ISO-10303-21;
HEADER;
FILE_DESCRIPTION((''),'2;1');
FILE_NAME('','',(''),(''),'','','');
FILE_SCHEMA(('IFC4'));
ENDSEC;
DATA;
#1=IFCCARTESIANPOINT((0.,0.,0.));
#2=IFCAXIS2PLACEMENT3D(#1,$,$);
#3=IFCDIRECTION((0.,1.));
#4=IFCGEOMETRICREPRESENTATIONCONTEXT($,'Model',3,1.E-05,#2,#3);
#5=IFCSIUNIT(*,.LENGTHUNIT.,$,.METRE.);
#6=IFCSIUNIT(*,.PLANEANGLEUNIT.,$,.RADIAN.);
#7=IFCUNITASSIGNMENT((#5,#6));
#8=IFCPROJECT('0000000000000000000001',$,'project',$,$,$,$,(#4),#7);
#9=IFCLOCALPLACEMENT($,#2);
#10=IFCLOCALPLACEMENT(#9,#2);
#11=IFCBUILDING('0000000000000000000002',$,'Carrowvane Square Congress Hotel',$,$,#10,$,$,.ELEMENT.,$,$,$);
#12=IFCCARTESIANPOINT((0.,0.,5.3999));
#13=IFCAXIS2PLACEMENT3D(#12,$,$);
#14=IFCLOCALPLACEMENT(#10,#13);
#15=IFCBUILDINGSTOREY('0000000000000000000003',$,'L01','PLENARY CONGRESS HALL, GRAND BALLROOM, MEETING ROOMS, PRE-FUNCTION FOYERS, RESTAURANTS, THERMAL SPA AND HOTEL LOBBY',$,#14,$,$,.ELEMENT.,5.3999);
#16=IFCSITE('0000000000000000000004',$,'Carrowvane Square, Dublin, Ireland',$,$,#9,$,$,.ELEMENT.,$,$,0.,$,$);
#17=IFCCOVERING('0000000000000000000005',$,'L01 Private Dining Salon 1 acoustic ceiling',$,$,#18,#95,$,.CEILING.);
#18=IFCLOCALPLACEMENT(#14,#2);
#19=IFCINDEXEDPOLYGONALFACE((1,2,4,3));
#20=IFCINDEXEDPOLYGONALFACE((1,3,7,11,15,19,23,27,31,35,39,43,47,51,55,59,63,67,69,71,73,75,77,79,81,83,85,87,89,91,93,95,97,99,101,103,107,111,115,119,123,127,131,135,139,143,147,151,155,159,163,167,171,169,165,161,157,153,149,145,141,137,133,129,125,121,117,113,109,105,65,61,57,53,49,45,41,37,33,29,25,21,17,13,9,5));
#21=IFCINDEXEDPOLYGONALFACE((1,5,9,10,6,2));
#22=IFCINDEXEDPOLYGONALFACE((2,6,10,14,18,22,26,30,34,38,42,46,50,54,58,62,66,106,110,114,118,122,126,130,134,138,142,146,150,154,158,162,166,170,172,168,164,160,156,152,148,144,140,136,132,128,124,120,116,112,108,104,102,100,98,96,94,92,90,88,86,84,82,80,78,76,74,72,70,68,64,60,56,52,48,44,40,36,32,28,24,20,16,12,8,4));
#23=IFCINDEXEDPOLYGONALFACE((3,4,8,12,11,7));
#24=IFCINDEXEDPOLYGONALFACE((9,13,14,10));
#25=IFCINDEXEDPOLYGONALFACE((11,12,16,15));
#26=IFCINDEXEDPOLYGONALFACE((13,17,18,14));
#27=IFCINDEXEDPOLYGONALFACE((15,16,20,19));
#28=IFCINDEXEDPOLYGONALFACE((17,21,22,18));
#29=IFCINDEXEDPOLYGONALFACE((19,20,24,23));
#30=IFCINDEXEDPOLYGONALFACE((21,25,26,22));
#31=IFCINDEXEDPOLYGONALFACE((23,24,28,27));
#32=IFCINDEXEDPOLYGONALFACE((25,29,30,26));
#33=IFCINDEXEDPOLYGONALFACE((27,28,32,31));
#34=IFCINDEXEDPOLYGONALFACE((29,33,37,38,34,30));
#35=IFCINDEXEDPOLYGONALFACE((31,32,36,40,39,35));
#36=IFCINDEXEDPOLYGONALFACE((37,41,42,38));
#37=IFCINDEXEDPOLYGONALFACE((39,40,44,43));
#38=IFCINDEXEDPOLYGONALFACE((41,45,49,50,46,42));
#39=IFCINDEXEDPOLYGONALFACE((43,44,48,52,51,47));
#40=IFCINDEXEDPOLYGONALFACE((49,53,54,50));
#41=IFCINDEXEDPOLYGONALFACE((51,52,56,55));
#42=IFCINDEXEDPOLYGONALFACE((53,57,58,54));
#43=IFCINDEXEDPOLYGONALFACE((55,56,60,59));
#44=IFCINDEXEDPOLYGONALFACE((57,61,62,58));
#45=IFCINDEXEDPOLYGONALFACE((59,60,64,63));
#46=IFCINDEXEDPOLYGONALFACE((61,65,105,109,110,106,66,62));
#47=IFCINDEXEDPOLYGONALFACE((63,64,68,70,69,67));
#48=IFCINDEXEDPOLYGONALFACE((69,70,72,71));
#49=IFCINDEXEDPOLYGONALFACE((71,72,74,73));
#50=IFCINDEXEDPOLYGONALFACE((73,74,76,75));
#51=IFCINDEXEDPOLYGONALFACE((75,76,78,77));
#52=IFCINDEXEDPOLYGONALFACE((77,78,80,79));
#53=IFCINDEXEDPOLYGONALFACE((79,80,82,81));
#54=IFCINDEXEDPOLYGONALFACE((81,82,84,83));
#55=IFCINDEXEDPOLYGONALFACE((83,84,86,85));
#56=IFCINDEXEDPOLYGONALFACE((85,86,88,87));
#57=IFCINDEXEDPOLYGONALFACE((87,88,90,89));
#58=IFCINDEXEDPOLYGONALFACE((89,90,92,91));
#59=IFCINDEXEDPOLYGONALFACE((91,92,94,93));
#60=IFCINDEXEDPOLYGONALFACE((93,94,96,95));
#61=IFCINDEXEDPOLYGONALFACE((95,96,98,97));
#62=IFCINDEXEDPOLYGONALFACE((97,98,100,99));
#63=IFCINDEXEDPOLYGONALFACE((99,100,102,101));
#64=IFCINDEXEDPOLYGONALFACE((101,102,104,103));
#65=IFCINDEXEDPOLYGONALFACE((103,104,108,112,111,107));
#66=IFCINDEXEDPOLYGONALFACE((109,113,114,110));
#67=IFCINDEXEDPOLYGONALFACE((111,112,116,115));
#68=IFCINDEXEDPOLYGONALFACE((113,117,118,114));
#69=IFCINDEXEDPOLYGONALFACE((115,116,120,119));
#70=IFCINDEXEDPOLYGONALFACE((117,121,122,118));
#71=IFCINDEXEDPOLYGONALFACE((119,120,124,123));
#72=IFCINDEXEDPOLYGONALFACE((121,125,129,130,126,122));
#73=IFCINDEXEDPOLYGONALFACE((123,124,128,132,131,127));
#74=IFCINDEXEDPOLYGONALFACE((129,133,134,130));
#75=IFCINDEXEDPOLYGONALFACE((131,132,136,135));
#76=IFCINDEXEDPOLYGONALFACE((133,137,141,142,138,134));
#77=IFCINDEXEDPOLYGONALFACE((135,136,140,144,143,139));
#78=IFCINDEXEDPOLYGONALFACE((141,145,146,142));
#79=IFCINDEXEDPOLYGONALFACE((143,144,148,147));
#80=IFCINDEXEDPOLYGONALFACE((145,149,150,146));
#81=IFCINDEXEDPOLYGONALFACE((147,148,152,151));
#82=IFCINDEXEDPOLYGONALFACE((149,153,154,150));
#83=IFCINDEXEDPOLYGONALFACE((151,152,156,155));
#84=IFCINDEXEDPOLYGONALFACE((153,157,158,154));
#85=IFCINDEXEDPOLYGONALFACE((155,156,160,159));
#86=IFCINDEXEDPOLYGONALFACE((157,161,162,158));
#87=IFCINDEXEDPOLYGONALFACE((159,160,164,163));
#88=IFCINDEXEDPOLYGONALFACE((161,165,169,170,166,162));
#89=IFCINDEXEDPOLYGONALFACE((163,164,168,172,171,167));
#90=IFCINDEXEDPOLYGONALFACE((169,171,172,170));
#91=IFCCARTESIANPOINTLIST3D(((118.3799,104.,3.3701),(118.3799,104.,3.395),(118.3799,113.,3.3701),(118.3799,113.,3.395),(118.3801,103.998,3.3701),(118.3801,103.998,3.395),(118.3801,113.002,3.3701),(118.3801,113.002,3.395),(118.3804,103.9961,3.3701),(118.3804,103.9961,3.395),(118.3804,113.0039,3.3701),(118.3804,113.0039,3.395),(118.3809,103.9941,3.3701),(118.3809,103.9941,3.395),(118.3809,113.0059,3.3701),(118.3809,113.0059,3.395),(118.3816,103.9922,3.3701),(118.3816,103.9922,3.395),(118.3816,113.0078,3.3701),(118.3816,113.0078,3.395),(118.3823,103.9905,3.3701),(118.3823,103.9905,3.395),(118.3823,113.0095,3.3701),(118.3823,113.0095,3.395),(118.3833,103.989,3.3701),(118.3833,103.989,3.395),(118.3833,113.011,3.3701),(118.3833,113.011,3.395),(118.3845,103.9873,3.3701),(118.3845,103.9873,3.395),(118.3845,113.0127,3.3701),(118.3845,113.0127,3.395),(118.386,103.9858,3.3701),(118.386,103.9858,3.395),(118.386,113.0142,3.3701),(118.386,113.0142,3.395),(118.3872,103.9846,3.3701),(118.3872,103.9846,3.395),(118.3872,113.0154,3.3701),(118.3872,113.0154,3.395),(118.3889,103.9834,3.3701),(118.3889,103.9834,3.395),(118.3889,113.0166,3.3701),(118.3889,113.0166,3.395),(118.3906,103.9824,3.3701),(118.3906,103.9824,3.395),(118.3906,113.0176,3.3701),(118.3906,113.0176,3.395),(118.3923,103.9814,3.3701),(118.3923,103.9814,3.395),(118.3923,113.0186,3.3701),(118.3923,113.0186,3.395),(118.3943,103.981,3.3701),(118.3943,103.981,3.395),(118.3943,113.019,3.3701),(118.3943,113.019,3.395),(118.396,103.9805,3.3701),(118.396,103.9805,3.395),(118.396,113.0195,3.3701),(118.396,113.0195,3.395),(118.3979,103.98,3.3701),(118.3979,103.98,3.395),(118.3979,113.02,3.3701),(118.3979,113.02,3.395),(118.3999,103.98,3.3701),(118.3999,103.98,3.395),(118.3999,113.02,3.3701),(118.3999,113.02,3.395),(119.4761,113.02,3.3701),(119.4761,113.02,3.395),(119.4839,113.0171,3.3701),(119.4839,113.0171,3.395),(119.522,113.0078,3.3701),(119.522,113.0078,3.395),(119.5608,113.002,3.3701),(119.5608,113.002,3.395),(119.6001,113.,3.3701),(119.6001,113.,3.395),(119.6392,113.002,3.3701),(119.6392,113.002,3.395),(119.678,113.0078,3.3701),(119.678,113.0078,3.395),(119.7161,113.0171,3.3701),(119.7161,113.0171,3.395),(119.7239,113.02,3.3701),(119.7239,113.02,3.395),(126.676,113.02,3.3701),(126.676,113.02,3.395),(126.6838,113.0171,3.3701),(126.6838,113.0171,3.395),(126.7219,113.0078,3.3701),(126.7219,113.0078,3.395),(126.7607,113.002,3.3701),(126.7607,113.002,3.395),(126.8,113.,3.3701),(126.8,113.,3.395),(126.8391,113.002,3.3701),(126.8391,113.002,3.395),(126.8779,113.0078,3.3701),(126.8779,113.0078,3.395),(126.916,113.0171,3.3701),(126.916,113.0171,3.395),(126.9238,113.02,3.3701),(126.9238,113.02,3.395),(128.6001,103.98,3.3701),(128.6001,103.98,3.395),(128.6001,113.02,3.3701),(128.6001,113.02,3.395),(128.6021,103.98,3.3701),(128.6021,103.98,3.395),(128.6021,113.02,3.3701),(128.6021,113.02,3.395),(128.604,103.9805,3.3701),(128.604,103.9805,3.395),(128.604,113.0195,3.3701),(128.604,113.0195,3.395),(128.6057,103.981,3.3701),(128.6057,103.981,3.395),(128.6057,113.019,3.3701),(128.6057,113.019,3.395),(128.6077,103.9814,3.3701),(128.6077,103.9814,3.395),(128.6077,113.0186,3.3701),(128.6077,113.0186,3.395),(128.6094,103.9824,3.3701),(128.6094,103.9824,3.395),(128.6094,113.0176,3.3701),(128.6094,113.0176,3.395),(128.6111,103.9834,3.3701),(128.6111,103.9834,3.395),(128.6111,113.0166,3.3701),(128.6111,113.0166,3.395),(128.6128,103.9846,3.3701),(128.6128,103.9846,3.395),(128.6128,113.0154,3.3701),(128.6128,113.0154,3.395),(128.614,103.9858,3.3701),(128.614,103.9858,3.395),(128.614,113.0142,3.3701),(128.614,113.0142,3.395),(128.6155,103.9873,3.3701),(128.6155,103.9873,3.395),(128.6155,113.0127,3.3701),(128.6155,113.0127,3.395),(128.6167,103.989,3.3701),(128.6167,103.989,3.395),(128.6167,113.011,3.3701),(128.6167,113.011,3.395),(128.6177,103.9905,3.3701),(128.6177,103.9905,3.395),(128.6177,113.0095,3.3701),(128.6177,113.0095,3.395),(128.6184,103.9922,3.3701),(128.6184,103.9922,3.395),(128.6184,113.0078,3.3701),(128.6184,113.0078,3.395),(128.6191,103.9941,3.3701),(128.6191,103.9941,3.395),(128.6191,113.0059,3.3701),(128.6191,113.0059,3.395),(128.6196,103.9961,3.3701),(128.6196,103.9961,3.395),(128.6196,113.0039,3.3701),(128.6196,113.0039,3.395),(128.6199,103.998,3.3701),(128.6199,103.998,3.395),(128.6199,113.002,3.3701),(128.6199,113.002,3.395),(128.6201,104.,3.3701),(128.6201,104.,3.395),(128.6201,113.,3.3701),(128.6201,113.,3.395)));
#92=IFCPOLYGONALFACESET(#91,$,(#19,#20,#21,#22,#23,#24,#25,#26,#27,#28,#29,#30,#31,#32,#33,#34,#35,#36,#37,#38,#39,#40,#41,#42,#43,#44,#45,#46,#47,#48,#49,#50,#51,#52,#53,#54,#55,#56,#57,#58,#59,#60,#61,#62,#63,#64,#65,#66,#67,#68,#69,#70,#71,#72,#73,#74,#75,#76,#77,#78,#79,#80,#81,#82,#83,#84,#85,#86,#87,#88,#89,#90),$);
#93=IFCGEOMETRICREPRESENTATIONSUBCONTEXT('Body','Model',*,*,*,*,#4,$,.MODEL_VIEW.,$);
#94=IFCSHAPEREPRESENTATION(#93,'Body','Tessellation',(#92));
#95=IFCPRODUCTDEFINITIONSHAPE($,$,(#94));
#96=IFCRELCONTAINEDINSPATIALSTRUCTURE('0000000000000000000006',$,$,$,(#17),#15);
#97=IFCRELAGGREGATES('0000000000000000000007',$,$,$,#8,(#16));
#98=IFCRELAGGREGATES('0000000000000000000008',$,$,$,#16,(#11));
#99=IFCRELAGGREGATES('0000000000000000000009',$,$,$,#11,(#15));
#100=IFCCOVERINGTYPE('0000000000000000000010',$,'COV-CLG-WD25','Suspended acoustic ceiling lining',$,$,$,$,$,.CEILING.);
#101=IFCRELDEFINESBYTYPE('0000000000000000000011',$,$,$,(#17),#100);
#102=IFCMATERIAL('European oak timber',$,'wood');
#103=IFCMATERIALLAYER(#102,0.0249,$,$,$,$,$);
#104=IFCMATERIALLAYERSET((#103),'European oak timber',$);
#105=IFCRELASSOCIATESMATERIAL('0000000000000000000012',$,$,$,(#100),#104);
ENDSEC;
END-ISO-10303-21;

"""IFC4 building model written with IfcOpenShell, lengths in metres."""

from ifc_helpers import new_model, si_unit, direction, frame, origin, place, context, subcontext, project, spatial, polyline, outline, extrude, material, layer, layer_set, type_object, element, save


model = new_model("IFC4")

# Units and contexts
model_context = context("Model", 3, precision=1e-05, world=origin(), true_north=direction((0.0, 1.0)))
body_context = subcontext(model_context, "Body", "Model", "MODEL_VIEW")
ifc_project = project(units=[si_unit("LENGTHUNIT", "METRE"), si_unit("PLANEANGLEUNIT", "RADIAN")], contexts=[model_context])

# Site, building, storey
site_placement = place(None, origin())
site = spatial("IfcSite", under=ifc_project, at=site_placement, Name="Carrowvane Square, Dublin, Ireland", CompositionType="ELEMENT", RefElevation=0.0)
building_placement = place(site_placement, origin())
building = spatial("IfcBuilding", under=site, at=building_placement, Name="Carrowvane Square Congress Hotel", CompositionType="ELEMENT")
storey_placement = place(building_placement, frame((0.0, 0.0, 5.3999)))
storey = spatial("IfcBuildingStorey", under=building, at=storey_placement, Name="L01", Description="PLENARY CONGRESS HALL, GRAND BALLROOM, MEETING ROOMS, PRE-FUNCTION FOYERS, RESTAURANTS, THERMAL SPA AND HOTEL LOBBY", CompositionType="ELEMENT", Elevation=5.3999)

# Covering
ifc_material_1 = material(Name="European oak timber", Category="wood")
ifc_layer_1 = layer(ifc_material_1, 0.0249)
ifc_layer_set_1 = layer_set([ifc_layer_1], Name="European oak timber")
covering_type_1 = type_object("IfcCoveringType", Name="COV-CLG-WD25", Description="Suspended acoustic ceiling lining", PredefinedType="CEILING", material=ifc_layer_set_1)
covering_1_placement = place(storey_placement, frame((0.0, 0.0, 3.3701)))
element("IfcCovering", 1, at=covering_1_placement, inside=storey, type_object=covering_type_1, Name="L01 Private Dining Salon 1 acoustic ceiling", PredefinedType="CEILING", context=body_context, shape_type="SweptSolid", body=[
    extrude(outline(polyline([(128.6201, 113.0), (128.6201, 104.0), (128.6199, 103.998), (128.6196, 103.9961), (128.6191, 103.9941), (128.6184, 103.9922), (128.6177, 103.9905), (128.6167, 103.989), (128.6155, 103.9873), (128.614, 103.9858), (128.6128, 103.9846), (128.6111, 103.9834), (128.6094, 103.9824), (128.6077, 103.9814), (128.6057, 103.981), (128.604, 103.9805), (128.6021, 103.98), (128.6001, 103.98), (118.3999, 103.98), (118.3979, 103.98), (118.396, 103.9805), (118.3943, 103.981), (118.3923, 103.9814), (118.3906, 103.9824), (118.3889, 103.9834), (118.3872, 103.9846), (118.386, 103.9858), (118.3845, 103.9873), (118.3833, 103.989), (118.3823, 103.9905), (118.3816, 103.9922), (118.3809, 103.9941), (118.3804, 103.9961), (118.3801, 103.998), (118.3799, 104.0), (118.3799, 113.0), (118.3801, 113.002), (118.3804, 113.0039), (118.3809, 113.0059), (118.3816, 113.0078), (118.3823, 113.0095), (118.3833, 113.011), (118.3845, 113.0127), (118.386, 113.0142), (118.3872, 113.0154), (118.3889, 113.0166), (118.3906, 113.0176), (118.3923, 113.0186), (118.3943, 113.019), (118.396, 113.0195), (118.3979, 113.02), (118.3999, 113.02), (119.4761, 113.02), (119.4839, 113.0171), (119.522, 113.0078), (119.5608, 113.002), (119.6001, 113.0), (119.6392, 113.002), (119.678, 113.0078), (119.7161, 113.0171), (119.7239, 113.02), (126.676, 113.02), (126.6838, 113.0171), (126.7219, 113.0078), (126.7607, 113.002), (126.8, 113.0), (126.8391, 113.002), (126.8779, 113.0078), (126.916, 113.0171), (126.9238, 113.02), (128.6001, 113.02), (128.6021, 113.02), (128.604, 113.0195), (128.6057, 113.019), (128.6077, 113.0186), (128.6094, 113.0176), (128.6111, 113.0166), (128.6128, 113.0154), (128.614, 113.0142), (128.6155, 113.0127), (128.6167, 113.011), (128.6177, 113.0095), (128.6184, 113.0078), (128.6191, 113.0059), (128.6196, 113.0039), (128.6199, 113.002), (128.6201, 113.0)])), origin(), (0.0, 0.0, 1.0), 0.0249),
])

save(model, "model.ifc")
